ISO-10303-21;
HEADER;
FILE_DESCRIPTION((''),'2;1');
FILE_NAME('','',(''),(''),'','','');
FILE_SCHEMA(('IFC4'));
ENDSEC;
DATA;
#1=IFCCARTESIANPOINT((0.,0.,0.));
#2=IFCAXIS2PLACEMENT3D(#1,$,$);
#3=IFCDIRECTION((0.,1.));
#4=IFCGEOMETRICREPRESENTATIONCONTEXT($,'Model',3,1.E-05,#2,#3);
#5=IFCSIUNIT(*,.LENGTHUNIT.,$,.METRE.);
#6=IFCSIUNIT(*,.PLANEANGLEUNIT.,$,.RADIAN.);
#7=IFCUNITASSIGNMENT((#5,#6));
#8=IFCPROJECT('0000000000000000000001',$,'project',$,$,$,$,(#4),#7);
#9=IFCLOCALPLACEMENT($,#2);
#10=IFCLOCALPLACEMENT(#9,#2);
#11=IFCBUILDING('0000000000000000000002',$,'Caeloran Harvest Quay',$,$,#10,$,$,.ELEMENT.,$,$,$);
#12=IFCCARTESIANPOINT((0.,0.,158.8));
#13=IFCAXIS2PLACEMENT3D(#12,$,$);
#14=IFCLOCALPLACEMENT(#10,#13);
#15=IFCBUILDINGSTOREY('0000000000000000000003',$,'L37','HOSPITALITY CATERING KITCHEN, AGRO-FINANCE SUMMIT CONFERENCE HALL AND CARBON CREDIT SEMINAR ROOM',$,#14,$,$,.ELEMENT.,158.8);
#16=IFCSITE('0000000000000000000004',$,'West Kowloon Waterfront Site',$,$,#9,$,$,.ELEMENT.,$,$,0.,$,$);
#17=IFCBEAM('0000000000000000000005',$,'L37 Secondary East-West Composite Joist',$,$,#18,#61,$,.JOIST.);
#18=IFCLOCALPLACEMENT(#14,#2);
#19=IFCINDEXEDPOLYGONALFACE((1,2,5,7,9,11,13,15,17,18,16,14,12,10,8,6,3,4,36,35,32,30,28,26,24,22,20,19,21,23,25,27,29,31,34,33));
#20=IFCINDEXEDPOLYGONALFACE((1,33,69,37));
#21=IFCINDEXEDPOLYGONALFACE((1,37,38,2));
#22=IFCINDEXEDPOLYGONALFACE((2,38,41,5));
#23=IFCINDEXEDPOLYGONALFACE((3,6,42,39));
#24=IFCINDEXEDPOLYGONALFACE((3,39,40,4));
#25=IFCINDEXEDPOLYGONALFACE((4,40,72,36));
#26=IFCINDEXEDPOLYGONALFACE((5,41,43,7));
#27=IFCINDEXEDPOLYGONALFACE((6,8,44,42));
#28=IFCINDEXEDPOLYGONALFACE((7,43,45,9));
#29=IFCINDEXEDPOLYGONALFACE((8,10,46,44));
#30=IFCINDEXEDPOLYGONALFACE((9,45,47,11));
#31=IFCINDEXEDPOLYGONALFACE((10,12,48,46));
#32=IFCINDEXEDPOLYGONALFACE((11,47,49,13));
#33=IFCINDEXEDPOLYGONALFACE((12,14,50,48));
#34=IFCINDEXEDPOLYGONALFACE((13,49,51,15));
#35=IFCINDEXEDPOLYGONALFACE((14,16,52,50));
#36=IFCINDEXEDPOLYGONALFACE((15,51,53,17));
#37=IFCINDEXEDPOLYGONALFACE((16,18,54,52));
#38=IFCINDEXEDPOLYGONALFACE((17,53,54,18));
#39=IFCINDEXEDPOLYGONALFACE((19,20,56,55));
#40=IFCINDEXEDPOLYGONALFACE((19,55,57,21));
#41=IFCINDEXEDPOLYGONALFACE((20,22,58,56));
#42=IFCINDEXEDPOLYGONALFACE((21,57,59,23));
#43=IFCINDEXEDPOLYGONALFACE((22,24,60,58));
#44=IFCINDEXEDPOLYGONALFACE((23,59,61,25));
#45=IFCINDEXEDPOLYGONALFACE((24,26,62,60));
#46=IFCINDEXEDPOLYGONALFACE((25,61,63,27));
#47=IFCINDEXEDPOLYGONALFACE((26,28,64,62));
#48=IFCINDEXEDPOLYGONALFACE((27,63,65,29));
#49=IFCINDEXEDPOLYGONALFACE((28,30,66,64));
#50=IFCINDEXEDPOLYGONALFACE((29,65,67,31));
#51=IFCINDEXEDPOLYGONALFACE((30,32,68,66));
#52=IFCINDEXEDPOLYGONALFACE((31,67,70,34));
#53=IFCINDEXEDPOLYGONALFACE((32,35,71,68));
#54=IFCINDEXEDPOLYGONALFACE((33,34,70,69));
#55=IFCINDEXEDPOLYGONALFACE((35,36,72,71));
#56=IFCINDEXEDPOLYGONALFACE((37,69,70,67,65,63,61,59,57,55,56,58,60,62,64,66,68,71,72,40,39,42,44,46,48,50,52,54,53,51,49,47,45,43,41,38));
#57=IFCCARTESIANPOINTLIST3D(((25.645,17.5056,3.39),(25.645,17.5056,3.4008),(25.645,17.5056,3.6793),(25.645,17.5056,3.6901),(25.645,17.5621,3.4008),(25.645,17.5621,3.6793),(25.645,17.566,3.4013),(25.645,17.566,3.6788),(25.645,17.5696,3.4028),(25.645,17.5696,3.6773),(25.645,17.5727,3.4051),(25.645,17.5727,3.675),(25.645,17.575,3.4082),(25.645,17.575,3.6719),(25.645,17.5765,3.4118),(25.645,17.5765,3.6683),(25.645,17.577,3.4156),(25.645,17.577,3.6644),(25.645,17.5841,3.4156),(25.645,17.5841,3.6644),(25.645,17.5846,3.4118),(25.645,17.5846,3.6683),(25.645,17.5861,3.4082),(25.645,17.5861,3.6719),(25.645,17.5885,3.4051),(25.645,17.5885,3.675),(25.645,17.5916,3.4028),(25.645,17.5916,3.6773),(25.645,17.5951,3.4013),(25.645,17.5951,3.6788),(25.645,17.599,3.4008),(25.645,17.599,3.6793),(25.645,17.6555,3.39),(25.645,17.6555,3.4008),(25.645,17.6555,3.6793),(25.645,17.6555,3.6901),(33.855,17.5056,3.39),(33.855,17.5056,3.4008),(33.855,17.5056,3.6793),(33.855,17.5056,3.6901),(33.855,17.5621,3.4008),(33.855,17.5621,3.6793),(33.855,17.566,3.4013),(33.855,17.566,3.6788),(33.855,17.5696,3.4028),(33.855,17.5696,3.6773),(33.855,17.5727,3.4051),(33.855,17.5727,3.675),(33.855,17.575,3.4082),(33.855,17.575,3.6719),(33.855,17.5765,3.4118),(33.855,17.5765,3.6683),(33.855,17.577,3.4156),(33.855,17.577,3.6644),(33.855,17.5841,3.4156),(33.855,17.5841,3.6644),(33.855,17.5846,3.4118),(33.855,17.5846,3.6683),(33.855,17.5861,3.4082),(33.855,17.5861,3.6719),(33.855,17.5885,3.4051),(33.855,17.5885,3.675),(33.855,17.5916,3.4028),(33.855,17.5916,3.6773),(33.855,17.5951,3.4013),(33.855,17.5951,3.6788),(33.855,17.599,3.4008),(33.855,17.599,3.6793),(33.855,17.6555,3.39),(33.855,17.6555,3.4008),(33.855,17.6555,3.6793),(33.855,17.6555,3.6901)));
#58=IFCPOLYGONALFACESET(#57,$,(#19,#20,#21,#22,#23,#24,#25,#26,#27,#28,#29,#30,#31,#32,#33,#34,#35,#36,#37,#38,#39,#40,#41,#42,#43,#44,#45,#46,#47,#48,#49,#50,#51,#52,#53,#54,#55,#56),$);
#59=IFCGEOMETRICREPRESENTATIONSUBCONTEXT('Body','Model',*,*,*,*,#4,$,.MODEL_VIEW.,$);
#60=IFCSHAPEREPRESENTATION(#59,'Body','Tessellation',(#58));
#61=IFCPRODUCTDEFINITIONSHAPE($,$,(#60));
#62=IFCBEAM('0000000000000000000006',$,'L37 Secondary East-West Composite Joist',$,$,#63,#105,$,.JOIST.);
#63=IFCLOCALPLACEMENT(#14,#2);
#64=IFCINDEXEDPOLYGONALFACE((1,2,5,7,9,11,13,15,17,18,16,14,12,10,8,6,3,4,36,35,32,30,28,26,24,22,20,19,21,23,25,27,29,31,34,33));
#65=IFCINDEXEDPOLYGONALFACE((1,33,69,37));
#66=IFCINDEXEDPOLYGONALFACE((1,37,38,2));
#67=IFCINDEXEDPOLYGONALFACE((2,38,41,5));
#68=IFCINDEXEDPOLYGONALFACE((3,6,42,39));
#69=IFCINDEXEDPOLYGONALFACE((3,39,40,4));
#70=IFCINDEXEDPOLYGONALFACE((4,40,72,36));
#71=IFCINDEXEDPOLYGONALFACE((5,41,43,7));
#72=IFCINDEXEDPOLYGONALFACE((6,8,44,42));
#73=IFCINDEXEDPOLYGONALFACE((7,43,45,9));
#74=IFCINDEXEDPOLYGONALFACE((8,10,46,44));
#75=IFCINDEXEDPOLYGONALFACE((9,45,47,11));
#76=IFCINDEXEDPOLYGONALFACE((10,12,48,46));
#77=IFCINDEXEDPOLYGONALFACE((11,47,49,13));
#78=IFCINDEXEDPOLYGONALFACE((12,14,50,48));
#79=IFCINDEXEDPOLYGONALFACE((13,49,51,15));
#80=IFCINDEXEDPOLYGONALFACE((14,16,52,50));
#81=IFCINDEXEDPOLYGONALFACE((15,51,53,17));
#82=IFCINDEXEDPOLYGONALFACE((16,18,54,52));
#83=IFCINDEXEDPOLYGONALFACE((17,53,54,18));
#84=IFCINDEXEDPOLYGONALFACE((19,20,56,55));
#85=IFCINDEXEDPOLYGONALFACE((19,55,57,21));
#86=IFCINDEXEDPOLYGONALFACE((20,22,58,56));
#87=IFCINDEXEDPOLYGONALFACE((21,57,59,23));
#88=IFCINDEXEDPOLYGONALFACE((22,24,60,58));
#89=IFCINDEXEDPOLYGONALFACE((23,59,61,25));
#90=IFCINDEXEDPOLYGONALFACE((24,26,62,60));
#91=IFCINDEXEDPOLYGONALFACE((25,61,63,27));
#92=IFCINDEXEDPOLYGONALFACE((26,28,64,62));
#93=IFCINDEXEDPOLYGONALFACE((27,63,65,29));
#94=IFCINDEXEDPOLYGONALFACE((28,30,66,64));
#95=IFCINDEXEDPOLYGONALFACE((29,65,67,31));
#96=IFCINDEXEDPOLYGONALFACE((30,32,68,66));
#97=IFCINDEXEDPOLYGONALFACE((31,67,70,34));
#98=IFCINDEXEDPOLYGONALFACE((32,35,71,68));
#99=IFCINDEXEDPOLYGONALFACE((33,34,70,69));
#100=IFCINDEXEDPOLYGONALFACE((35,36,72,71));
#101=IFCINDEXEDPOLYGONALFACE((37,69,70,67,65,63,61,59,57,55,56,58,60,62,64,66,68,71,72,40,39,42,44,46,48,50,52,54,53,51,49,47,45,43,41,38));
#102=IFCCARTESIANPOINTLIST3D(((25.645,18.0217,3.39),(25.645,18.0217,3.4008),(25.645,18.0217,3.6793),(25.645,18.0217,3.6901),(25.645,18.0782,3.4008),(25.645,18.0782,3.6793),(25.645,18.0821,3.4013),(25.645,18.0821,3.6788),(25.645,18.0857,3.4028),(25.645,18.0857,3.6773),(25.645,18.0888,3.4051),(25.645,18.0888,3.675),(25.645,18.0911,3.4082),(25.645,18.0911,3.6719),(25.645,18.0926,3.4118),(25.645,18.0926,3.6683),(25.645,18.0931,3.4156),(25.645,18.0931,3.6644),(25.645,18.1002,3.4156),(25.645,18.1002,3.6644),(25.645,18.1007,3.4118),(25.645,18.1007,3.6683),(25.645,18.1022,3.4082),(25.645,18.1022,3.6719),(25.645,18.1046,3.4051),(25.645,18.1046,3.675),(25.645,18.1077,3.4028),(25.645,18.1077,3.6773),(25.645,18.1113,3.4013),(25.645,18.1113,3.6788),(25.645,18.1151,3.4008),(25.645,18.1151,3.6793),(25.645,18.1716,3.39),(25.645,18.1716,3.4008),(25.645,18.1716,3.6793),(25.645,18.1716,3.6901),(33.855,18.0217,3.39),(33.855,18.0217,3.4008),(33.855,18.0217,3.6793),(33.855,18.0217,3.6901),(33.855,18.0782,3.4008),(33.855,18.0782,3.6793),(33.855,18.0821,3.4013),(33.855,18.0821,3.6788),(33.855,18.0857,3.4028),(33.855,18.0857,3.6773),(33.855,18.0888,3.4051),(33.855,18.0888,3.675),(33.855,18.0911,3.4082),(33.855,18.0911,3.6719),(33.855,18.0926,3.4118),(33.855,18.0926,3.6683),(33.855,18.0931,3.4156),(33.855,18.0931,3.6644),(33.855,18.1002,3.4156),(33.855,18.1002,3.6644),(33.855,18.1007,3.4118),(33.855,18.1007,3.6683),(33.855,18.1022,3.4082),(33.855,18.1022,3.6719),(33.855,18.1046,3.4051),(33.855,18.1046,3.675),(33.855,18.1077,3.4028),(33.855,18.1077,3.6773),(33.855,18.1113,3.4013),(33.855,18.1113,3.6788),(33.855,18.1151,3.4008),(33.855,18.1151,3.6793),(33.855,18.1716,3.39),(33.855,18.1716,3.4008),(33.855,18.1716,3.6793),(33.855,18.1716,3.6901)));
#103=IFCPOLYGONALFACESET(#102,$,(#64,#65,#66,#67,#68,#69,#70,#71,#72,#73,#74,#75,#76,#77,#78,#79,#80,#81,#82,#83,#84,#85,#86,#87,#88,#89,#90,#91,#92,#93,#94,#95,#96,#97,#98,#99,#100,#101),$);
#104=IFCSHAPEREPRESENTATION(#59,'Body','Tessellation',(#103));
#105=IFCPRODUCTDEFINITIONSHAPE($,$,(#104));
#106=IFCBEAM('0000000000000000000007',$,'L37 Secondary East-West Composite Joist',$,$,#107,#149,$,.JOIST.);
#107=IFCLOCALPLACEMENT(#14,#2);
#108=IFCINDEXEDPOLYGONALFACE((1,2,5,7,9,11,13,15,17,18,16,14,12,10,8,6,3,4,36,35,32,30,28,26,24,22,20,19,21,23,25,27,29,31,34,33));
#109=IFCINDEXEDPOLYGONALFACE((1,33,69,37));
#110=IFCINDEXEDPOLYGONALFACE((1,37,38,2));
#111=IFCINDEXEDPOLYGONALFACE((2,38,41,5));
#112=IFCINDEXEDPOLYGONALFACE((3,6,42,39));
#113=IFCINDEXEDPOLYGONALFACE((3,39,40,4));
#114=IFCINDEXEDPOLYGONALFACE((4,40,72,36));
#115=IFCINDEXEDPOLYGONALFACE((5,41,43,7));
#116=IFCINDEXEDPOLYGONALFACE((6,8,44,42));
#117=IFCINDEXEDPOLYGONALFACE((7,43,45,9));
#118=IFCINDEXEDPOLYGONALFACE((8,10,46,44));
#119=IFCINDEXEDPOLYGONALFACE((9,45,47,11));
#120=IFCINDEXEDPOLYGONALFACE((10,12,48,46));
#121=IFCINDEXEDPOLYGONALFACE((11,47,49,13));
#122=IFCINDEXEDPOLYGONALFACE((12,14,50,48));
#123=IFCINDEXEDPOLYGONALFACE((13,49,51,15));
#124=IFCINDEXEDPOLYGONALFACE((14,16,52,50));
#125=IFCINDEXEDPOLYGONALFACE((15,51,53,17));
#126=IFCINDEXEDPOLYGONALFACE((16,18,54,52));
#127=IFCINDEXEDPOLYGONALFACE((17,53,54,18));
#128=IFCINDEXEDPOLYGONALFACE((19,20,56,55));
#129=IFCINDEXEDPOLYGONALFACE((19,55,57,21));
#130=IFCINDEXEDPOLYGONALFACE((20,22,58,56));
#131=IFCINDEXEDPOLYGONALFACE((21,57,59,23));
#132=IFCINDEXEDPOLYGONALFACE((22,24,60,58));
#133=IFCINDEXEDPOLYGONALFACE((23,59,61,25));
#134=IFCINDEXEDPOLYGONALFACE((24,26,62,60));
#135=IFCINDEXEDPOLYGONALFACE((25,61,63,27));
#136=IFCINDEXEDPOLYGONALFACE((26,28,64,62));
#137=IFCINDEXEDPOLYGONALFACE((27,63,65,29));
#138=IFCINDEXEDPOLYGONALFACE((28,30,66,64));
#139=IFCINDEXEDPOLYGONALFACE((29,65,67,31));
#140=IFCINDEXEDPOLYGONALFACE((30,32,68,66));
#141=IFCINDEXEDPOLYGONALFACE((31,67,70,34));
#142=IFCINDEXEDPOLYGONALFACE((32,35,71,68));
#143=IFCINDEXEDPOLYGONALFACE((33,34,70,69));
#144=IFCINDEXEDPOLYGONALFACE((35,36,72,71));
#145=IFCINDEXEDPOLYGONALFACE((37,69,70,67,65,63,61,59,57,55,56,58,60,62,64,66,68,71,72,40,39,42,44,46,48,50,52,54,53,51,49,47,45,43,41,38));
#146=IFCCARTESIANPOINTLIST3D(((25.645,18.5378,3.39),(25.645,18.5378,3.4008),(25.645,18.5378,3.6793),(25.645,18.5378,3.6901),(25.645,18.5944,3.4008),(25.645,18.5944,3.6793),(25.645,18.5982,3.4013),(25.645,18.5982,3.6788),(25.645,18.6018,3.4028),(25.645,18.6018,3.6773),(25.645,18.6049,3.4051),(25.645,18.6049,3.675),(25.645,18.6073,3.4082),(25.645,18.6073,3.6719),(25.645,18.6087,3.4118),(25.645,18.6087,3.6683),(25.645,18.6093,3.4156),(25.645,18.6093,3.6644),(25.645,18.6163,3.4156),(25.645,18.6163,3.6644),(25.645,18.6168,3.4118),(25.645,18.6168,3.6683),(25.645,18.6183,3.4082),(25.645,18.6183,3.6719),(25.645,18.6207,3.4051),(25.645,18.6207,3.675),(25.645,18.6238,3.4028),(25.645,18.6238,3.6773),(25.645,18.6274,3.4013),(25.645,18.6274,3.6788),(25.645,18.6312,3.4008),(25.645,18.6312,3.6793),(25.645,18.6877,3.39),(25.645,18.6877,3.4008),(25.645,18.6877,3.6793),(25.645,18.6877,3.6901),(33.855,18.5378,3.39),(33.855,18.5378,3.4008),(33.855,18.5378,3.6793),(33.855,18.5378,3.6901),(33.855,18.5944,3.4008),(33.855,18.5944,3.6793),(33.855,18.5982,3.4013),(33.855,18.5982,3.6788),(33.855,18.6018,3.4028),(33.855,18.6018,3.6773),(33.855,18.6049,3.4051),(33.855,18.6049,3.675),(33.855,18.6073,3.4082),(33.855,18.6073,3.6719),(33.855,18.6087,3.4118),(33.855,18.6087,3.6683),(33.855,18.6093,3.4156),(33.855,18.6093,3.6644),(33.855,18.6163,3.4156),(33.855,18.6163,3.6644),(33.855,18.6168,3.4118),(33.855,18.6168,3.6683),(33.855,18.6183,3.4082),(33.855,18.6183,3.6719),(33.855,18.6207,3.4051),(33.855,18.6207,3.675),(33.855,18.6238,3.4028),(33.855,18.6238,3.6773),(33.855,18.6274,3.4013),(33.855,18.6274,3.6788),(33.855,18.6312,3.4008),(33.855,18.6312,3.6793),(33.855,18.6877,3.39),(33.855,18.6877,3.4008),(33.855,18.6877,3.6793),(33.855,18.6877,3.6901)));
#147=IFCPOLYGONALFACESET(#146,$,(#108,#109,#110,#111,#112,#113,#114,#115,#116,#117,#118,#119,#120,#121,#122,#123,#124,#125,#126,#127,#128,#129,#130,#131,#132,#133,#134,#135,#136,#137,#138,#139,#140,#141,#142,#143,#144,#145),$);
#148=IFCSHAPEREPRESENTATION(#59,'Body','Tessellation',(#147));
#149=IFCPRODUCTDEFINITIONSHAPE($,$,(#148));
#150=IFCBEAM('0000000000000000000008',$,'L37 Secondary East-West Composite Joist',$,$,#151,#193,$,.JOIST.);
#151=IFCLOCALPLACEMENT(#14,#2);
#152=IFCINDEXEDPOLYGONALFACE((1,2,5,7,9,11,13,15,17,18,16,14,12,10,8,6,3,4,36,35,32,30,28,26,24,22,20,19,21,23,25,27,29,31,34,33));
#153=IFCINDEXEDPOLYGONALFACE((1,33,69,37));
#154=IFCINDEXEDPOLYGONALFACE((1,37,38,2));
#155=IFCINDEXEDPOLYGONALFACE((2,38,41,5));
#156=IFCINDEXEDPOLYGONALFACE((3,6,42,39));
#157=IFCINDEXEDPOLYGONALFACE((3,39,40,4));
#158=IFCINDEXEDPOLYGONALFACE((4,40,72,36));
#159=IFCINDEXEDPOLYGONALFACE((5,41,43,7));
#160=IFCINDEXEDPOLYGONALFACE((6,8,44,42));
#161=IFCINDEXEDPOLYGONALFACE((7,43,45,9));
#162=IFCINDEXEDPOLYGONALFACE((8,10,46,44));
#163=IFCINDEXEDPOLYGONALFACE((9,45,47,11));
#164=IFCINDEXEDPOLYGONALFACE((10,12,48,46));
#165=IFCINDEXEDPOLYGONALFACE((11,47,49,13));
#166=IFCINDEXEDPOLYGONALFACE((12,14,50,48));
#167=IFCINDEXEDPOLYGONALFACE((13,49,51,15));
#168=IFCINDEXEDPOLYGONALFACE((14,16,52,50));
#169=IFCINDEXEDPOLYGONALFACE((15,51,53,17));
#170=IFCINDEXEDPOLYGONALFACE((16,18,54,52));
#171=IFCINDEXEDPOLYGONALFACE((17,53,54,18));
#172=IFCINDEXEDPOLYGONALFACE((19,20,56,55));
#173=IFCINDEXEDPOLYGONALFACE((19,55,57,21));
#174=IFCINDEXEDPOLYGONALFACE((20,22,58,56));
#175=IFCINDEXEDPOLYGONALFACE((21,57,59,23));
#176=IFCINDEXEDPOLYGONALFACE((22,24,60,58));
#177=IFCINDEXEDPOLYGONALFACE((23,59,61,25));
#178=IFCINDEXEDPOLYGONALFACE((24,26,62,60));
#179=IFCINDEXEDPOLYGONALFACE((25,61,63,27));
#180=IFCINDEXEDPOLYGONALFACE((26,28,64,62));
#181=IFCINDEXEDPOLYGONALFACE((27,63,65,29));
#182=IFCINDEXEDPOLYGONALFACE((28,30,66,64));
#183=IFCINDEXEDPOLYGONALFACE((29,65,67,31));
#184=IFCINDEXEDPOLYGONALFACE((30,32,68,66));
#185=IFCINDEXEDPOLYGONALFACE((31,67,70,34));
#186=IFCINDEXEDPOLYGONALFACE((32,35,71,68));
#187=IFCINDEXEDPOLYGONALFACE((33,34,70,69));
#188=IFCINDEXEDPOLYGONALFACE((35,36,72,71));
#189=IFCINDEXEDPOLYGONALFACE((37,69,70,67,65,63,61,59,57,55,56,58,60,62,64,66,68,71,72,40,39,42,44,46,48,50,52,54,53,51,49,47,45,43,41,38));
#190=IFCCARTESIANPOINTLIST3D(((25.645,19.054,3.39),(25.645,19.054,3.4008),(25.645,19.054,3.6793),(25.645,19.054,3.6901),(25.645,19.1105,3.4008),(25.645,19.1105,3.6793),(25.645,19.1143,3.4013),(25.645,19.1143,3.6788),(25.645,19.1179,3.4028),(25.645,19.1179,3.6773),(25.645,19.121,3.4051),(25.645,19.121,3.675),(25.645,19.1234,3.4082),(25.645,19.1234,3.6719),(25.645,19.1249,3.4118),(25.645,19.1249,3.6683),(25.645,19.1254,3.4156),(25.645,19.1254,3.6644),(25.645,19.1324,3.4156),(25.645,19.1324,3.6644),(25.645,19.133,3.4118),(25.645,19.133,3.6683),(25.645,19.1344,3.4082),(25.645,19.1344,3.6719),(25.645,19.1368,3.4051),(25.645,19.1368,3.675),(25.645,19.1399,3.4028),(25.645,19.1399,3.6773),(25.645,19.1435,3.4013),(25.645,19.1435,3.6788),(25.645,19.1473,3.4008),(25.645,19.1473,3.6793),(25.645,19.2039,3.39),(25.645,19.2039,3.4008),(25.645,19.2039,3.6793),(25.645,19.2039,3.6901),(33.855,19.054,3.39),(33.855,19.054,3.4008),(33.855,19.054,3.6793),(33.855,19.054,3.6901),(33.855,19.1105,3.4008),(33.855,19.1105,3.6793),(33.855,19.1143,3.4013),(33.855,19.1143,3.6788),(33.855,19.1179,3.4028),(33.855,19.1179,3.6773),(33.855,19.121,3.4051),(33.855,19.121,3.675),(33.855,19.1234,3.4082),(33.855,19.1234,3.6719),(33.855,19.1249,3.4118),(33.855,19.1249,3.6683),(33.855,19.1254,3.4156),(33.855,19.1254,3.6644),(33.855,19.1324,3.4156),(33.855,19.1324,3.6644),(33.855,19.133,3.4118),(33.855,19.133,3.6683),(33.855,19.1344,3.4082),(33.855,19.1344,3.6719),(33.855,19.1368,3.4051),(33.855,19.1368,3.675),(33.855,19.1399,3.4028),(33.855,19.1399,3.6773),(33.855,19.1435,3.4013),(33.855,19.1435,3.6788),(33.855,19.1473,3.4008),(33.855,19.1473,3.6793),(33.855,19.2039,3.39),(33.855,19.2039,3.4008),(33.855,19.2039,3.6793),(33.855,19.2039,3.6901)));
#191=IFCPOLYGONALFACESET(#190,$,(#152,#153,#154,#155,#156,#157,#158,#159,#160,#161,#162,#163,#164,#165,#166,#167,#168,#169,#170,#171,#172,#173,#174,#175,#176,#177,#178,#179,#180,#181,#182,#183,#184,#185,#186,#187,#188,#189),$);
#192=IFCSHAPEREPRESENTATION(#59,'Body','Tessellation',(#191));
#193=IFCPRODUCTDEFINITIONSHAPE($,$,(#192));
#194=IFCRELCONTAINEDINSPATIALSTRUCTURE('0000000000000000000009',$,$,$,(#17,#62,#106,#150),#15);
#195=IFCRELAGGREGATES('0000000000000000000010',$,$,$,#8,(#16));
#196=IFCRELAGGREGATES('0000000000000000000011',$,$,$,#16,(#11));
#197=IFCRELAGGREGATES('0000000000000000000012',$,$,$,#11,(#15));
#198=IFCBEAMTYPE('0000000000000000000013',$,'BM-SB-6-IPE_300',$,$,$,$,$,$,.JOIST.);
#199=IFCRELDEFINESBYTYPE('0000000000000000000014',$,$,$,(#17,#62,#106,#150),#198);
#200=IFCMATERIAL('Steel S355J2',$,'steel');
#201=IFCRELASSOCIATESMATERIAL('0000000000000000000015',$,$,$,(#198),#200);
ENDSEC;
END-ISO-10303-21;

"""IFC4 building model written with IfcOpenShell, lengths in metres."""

from ifc_helpers import new_model, si_unit, direction, frame, origin, origin_2d, place, context, subcontext, project, spatial, i_section, extrude, material, material_profile, profile_set, type_object, element, save


model = new_model("IFC4")

# Units and contexts
model_context = context("Model", 3, precision=1e-05, world=origin(), true_north=direction((0.0, 1.0)))
body_context = subcontext(model_context, "Body", "Model", "MODEL_VIEW")
ifc_project = project(units=[si_unit("LENGTHUNIT", "METRE"), si_unit("PLANEANGLEUNIT", "RADIAN")], contexts=[model_context])

# Site, building, storey
site_placement = place(None, origin())
site = spatial("IfcSite", under=ifc_project, at=site_placement, Name="West Kowloon Waterfront Site", CompositionType="ELEMENT", RefElevation=0.0)
building_placement = place(site_placement, origin())
building = spatial("IfcBuilding", under=site, at=building_placement, Name="Caeloran Harvest Quay", CompositionType="ELEMENT")
storey_placement = place(building_placement, frame((0.0, 0.0, 158.8)))
storey = spatial("IfcBuildingStorey", under=building, at=storey_placement, Name="L37", Description="HOSPITALITY CATERING KITCHEN, AGRO-FINANCE SUMMIT CONFERENCE HALL AND CARBON CREDIT SEMINAR ROOM", CompositionType="ELEMENT", Elevation=158.8)

# Beams
ifc_material_1 = material(Name="Steel S355J2", Category="steel")
ifc_material_profile_1 = material_profile(ifc_material_1, i_section(OverallWidth=0.1499, OverallDepth=0.3, WebThickness=0.0071, FlangeThickness=0.0107, FilletRadius=0.0149, at=origin_2d()), Name="IPE 300")
ifc_profile_set_1 = profile_set([ifc_material_profile_1], Name="Steel S355J2")
beam_type_1 = type_object("IfcBeamType", Name="BM-SB-6-IPE_300", PredefinedType="JOIST", material=ifc_profile_set_1)
for number, where, z_axis, x_axis, name in (
    (1, (25.645, 17.5806, 3.54), (1.0, 0.0, 0.0), (0.0, 1.0, 0.0), "L37 Secondary East-West Composite Joist"),
    (2, (25.645, 18.0967, 3.54), (1.0, 0.0, 0.0), (0.0, 1.0, 0.0), "L37 Secondary East-West Composite Joist"),
    (3, (25.645, 18.6128, 3.54), (1.0, 0.0, 0.0), (0.0, 1.0, 0.0), "L37 Secondary East-West Composite Joist"),
    (4, (25.645, 19.1289, 3.54), (1.0, 0.0, 0.0), (0.0, 1.0, 0.0), "L37 Secondary East-West Composite Joist"),
):
    element("IfcBeam", number, at=place(storey_placement, frame(where, z_axis=z_axis, x_axis=x_axis)), inside=storey, type_object=beam_type_1, Name=name, PredefinedType="JOIST", context=body_context, shape_type="SweptSolid", body=[
        extrude(i_section(OverallWidth=0.1499, OverallDepth=0.3, WebThickness=0.0071, FlangeThickness=0.0107, FilletRadius=0.0149, at=origin_2d()), origin(), (0.0, 0.0, 1.0), 8.21),
    ])

save(model, "model.ifc")
